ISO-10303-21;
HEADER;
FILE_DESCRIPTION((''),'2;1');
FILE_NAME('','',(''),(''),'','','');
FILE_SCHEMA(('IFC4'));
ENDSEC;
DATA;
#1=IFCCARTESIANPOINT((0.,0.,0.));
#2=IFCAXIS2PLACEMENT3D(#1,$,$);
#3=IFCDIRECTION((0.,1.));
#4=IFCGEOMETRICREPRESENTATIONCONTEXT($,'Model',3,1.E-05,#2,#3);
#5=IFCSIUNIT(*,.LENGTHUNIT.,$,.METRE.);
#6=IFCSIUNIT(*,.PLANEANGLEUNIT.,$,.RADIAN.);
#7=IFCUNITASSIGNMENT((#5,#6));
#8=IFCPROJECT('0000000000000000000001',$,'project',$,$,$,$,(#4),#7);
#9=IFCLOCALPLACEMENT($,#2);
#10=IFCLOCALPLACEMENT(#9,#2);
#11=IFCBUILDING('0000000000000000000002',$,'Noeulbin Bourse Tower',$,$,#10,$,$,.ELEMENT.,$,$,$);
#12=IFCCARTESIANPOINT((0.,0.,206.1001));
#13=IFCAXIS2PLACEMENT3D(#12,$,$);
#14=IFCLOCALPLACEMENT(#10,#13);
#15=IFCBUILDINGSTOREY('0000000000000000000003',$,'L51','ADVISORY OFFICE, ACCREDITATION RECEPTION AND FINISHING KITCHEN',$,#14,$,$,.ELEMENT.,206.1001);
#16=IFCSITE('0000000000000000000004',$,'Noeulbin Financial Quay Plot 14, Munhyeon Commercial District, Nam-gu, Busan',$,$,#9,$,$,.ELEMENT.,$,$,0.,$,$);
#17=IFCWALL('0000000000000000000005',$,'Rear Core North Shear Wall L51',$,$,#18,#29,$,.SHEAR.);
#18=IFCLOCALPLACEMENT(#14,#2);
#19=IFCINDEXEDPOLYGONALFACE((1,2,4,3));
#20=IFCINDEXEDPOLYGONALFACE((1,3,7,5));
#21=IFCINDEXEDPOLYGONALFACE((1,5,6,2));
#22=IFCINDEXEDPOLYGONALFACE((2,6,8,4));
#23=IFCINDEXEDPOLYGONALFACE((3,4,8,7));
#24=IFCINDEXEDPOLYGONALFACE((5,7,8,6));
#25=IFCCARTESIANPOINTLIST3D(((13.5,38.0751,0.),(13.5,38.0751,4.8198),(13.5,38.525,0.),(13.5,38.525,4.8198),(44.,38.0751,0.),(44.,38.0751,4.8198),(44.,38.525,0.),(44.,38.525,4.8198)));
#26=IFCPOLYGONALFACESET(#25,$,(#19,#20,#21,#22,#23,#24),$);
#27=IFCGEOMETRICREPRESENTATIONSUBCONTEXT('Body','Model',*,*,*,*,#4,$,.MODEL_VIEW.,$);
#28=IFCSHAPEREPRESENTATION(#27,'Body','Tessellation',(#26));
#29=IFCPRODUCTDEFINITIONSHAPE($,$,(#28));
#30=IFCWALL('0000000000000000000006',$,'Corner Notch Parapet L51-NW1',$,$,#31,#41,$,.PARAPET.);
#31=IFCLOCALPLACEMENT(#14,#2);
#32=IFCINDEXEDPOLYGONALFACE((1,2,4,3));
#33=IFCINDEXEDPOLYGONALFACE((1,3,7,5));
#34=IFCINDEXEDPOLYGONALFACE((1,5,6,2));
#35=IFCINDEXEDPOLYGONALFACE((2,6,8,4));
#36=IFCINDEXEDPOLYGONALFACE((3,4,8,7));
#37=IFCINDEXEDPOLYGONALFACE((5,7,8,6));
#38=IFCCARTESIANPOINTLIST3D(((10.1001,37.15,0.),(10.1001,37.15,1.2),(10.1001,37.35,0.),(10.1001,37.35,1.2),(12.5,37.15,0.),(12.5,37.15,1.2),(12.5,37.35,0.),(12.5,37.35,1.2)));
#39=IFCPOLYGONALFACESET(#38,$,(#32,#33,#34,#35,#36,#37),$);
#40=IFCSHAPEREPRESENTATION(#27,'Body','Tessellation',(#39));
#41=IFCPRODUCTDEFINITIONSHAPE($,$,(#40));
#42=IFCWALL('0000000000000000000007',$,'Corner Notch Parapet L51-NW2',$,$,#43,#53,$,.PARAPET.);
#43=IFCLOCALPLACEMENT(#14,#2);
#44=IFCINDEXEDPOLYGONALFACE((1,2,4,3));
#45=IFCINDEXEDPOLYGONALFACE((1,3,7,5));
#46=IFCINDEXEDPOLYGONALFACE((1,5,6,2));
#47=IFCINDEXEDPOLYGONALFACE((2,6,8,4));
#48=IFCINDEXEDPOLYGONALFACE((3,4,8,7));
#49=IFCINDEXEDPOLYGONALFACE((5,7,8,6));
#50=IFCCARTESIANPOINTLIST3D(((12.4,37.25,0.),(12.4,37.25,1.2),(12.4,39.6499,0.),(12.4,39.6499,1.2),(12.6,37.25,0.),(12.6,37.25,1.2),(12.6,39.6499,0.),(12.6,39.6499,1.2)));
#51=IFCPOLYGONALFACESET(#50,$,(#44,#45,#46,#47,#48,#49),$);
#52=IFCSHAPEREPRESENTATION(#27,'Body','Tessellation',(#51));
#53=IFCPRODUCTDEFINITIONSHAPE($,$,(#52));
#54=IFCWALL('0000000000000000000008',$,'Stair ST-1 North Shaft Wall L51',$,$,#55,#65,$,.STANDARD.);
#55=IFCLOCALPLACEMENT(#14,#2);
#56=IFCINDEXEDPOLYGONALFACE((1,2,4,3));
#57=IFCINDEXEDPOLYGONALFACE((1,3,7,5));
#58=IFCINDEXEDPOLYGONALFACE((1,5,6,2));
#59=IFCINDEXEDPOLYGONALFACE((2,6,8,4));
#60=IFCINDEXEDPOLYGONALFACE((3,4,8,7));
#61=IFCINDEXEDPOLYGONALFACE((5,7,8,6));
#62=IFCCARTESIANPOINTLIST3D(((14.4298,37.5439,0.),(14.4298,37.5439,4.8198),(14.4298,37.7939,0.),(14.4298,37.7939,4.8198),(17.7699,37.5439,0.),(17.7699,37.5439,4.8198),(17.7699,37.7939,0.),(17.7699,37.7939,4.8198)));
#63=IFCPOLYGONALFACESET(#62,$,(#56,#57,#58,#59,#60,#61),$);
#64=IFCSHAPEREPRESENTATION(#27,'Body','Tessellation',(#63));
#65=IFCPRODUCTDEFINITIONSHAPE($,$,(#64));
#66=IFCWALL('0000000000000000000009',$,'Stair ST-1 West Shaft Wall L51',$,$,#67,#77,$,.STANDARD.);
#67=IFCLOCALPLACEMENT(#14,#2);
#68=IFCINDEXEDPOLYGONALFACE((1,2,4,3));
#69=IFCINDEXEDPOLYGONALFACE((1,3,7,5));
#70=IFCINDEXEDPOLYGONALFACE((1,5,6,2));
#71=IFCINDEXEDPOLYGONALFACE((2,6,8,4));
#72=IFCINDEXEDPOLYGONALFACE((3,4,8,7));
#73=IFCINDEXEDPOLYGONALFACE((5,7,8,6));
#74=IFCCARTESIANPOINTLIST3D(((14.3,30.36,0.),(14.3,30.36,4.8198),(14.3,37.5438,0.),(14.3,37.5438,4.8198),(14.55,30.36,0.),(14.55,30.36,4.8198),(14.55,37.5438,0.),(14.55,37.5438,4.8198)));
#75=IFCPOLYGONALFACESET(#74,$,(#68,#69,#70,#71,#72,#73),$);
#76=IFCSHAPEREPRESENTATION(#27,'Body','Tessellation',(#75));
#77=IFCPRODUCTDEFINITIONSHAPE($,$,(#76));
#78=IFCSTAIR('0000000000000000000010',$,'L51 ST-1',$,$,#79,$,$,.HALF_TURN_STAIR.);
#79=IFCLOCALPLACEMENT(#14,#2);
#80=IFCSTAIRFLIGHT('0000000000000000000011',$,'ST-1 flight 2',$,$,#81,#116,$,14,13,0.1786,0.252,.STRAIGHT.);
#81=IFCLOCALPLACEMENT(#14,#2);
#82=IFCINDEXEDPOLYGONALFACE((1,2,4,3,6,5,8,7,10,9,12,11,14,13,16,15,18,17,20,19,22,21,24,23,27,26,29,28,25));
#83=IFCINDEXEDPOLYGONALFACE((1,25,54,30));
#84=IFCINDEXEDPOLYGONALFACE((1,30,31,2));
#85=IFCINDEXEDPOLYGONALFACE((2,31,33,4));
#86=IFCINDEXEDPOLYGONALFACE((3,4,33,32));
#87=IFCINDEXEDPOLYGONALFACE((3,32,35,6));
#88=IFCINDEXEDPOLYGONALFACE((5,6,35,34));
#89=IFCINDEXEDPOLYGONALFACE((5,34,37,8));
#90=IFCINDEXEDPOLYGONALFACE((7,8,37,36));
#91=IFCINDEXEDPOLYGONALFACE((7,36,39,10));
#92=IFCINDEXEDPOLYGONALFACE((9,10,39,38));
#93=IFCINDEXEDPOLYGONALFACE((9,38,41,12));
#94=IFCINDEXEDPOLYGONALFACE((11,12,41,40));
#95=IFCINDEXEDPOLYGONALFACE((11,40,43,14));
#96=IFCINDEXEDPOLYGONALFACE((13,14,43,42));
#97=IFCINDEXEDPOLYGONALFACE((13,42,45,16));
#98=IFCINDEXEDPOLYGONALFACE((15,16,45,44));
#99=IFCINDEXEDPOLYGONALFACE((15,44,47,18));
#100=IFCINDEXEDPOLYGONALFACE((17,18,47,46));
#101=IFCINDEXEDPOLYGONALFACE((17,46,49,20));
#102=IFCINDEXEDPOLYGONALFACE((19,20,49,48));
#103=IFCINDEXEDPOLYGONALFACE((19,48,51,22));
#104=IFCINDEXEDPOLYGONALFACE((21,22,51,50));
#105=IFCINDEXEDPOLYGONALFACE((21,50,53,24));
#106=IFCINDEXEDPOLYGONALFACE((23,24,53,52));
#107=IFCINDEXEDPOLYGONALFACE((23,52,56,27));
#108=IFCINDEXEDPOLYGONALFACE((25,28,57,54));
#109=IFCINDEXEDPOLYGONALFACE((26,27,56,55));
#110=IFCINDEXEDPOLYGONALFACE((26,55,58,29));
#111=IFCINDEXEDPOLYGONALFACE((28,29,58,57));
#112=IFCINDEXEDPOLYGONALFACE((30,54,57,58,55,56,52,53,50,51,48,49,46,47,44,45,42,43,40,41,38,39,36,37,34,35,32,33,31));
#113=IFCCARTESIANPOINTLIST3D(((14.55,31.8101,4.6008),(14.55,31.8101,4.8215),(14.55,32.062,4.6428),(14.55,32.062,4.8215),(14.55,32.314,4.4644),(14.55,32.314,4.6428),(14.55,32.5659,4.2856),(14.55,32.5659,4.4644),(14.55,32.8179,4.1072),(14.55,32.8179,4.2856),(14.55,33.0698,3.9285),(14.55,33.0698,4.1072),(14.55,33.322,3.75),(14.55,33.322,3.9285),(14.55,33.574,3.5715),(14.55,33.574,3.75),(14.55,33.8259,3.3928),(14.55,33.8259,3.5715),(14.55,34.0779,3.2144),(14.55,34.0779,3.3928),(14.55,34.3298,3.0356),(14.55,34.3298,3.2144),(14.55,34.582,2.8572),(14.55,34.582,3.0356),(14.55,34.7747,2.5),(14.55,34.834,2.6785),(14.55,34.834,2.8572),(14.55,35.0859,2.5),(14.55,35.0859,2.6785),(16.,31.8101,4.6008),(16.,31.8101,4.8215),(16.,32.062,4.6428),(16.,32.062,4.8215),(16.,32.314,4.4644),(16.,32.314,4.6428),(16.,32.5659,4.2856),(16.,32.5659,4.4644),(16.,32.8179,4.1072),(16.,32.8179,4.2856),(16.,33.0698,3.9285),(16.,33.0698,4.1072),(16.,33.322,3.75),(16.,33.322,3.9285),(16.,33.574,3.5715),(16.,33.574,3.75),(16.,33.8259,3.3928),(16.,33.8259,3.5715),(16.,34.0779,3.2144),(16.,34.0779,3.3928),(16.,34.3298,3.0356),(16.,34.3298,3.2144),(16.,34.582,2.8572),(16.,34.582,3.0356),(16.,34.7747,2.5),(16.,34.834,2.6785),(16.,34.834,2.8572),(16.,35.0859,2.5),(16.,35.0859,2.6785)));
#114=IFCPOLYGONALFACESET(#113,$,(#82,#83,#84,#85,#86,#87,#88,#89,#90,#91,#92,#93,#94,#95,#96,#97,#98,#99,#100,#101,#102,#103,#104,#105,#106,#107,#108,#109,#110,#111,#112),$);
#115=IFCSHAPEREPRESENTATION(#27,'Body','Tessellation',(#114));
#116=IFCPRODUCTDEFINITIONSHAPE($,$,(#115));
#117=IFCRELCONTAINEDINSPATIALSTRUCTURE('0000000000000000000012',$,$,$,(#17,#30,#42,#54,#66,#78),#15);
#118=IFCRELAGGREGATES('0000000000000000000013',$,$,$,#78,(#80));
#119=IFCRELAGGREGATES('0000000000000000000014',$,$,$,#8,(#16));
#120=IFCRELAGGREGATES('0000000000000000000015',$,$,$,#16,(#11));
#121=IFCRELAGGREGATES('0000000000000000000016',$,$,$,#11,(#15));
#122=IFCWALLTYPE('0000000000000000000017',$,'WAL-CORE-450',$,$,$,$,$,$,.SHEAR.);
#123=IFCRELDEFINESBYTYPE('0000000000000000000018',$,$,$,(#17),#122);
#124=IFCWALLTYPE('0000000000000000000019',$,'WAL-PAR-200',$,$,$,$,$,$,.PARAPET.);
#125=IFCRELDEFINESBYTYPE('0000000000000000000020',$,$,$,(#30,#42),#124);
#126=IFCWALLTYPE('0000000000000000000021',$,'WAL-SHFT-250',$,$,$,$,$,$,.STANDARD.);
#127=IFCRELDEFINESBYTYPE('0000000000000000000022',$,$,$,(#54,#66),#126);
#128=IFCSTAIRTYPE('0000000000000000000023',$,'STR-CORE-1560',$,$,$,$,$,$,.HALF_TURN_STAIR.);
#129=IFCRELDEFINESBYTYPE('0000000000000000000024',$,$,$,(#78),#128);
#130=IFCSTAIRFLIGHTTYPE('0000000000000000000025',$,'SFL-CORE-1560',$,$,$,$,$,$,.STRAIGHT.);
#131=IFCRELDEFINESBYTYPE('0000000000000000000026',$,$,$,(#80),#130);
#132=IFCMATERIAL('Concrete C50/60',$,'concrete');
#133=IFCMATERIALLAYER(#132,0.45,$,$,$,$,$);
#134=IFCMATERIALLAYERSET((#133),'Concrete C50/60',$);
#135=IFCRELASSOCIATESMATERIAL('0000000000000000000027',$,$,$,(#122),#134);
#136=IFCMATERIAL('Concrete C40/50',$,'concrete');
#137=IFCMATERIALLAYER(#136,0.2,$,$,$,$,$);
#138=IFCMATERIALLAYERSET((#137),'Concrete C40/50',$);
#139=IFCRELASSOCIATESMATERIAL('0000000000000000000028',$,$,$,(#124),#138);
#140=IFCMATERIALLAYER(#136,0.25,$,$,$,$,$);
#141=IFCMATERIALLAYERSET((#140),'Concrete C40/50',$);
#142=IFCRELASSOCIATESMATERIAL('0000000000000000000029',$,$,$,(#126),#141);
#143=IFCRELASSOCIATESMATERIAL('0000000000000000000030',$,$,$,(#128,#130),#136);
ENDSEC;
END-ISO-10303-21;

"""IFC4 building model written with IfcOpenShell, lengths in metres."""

from ifc_helpers import new_model, si_unit, direction, frame, frame_2d, origin, place, context, subcontext, project, spatial, polyline, rectangle, outline, extrude, material, layer, layer_set, type_object, element, aggregate, save


model = new_model("IFC4")

# Units and contexts
model_context = context("Model", 3, precision=1e-05, world=origin(), true_north=direction((0.0, 1.0)))
body_context = subcontext(model_context, "Body", "Model", "MODEL_VIEW")
ifc_project = project(units=[si_unit("LENGTHUNIT", "METRE"), si_unit("PLANEANGLEUNIT", "RADIAN")], contexts=[model_context])

# Site, building, storey
site_placement = place(None, origin())
site = spatial("IfcSite", under=ifc_project, at=site_placement, Name="Noeulbin Financial Quay Plot 14, Munhyeon Commercial District, Nam-gu, Busan", CompositionType="ELEMENT", RefElevation=0.0)
building_placement = place(site_placement, origin())
building = spatial("IfcBuilding", under=site, at=building_placement, Name="Noeulbin Bourse Tower", CompositionType="ELEMENT")
storey_placement = place(building_placement, frame((0.0, 0.0, 206.1001)))
storey = spatial("IfcBuildingStorey", under=building, at=storey_placement, Name="L51", Description="ADVISORY OFFICE, ACCREDITATION RECEPTION AND FINISHING KITCHEN", CompositionType="ELEMENT", Elevation=206.1001)

# Walls
ifc_material_1 = material(Name="Concrete C50/60", Category="concrete")
ifc_layer_1 = layer(ifc_material_1, 0.45)
ifc_layer_set_1 = layer_set([ifc_layer_1], Name="Concrete C50/60")
wall_type_1 = type_object("IfcWallType", Name="WAL-CORE-450", PredefinedType="SHEAR", material=ifc_layer_set_1)
wall_1_placement = place(storey_placement, frame((13.5, 38.3, 0.0), z_axis=(0.0, 0.0, 1.0), x_axis=(1.0, 0.0, 0.0)))
element("IfcWall", 1, at=wall_1_placement, inside=storey, type_object=wall_type_1, Name="Rear Core North Shear Wall L51", PredefinedType="SHEAR", context=body_context, shape_type="SweptSolid", body=[
    extrude(rectangle(XDim=30.5, YDim=0.45, at=frame_2d((15.25, 0.0))), origin(), (0.0, 0.0, 1.0), 4.8198),
])
ifc_material_2 = material(Name="Concrete C40/50", Category="concrete")
ifc_layer_2 = layer(ifc_material_2, 0.2)
ifc_layer_set_2 = layer_set([ifc_layer_2], Name="Concrete C40/50")
wall_type_2 = type_object("IfcWallType", Name="WAL-PAR-200", PredefinedType="PARAPET", material=ifc_layer_set_2)
for number, where, z_axis, x_axis, name in (
    (2, (10.1001, 37.25, 0.0), (0.0, 0.0, 1.0), (1.0, 0.0, 0.0), "Corner Notch Parapet L51-NW1"),
    (3, (12.5, 37.25, 0.0), (0.0, 0.0, 1.0), (0.0, 1.0, 0.0), "Corner Notch Parapet L51-NW2"),
):
    element("IfcWall", number, at=place(storey_placement, frame(where, z_axis=z_axis, x_axis=x_axis)), inside=storey, type_object=wall_type_2, Name=name, PredefinedType="PARAPET", context=body_context, shape_type="SweptSolid", body=[
        extrude(rectangle(XDim=2.3999, YDim=0.2, at=frame_2d((1.2, 0.0))), origin(), (0.0, 0.0, 1.0), 1.2),
    ])
ifc_layer_3 = layer(ifc_material_2, 0.25)
ifc_layer_set_3 = layer_set([ifc_layer_3], Name="Concrete C40/50")
wall_type_3 = type_object("IfcWallType", Name="WAL-SHFT-250", PredefinedType="STANDARD", material=ifc_layer_set_3)
wall_2_placement = place(storey_placement, frame((14.4299, 37.6689, 0.0), z_axis=(0.0, 0.0, 1.0), x_axis=(1.0, 0.0, 0.0)))
element("IfcWall", 4, at=wall_2_placement, inside=storey, type_object=wall_type_3, Name="Stair ST-1 North Shaft Wall L51", PredefinedType="STANDARD", context=body_context, shape_type="SweptSolid", body=[
    extrude(rectangle(XDim=3.3401, YDim=0.25, at=frame_2d((1.6699, 0.0))), origin(), (0.0, 0.0, 1.0), 4.8198),
])
wall_3_placement = place(storey_placement, frame((14.425, 30.3601, 0.0), z_axis=(0.0, 0.0, 1.0), x_axis=(0.0, 1.0, 0.0)))
element("IfcWall", 5, at=wall_3_placement, inside=storey, type_object=wall_type_3, Name="Stair ST-1 West Shaft Wall L51", PredefinedType="STANDARD", context=body_context, shape_type="SweptSolid", body=[
    extrude(rectangle(XDim=7.1838, YDim=0.25, at=frame_2d((3.5918, 0.0))), origin(), (0.0, 0.0, 1.0), 4.8198),
])

# Stair, stair flight
stair_type = type_object("IfcStairType", Name="STR-CORE-1560", PredefinedType="HALF_TURN_STAIR", material=ifc_material_2)
stair_placement = place(storey_placement, origin())
stair = element("IfcStair", 6, at=stair_placement, inside=storey, type_object=stair_type, Name="L51 ST-1", PredefinedType="HALF_TURN_STAIR")
stair_flight_type = type_object("IfcStairFlightType", Name="SFL-CORE-1560", PredefinedType="STRAIGHT", material=ifc_material_2)
stair_flight_placement = place(storey_placement, frame((15.2749, 35.0859, 2.5), z_axis=(0.0, 0.0, 1.0), x_axis=(0.0, -1.0, 0.0)))
stair_flight = element("IfcStairFlight", 7, at=stair_flight_placement, type_object=stair_flight_type, Name="ST-1 flight 2", NumberOfRisers=14, NumberOfTreads=13, PredefinedType="STRAIGHT", RiserHeight=0.1786, TreadLength=0.252, context=body_context, shape_type="SweptSolid", body=[
    extrude(outline(polyline([(0.0, 0.0), (0.0, 0.1785), (0.252, 0.1785), (0.252, 0.3572), (0.5039, 0.3572), (0.5039, 0.5356), (0.7561, 0.5356), (0.7561, 0.7144), (1.0081, 0.7144), (1.0081, 0.8928), (1.26, 0.8928), (1.26, 1.0715), (1.512, 1.0715), (1.512, 1.25), (1.7639, 1.25), (1.7639, 1.4285), (2.0161, 1.4285), (2.0161, 1.6072), (2.2681, 1.6072), (2.2681, 1.7856), (2.52, 1.7856), (2.52, 1.9644), (2.772, 1.9644), (2.772, 2.1428), (3.0239, 2.1428), (3.0239, 2.3215), (3.2759, 2.3215), (3.2759, 2.5), (3.2759, 2.1008), (0.3113, 0.0), (0.0, 0.0)])), frame((0.0, 0.7251, 0.0), z_axis=(0.0, -1.0, 0.0), x_axis=(1.0, 0.0, 0.0)), (0.0, 0.0, 1.0), 1.45),
])
aggregate(stair, [stair_flight])

save(model, "model.ifc")
